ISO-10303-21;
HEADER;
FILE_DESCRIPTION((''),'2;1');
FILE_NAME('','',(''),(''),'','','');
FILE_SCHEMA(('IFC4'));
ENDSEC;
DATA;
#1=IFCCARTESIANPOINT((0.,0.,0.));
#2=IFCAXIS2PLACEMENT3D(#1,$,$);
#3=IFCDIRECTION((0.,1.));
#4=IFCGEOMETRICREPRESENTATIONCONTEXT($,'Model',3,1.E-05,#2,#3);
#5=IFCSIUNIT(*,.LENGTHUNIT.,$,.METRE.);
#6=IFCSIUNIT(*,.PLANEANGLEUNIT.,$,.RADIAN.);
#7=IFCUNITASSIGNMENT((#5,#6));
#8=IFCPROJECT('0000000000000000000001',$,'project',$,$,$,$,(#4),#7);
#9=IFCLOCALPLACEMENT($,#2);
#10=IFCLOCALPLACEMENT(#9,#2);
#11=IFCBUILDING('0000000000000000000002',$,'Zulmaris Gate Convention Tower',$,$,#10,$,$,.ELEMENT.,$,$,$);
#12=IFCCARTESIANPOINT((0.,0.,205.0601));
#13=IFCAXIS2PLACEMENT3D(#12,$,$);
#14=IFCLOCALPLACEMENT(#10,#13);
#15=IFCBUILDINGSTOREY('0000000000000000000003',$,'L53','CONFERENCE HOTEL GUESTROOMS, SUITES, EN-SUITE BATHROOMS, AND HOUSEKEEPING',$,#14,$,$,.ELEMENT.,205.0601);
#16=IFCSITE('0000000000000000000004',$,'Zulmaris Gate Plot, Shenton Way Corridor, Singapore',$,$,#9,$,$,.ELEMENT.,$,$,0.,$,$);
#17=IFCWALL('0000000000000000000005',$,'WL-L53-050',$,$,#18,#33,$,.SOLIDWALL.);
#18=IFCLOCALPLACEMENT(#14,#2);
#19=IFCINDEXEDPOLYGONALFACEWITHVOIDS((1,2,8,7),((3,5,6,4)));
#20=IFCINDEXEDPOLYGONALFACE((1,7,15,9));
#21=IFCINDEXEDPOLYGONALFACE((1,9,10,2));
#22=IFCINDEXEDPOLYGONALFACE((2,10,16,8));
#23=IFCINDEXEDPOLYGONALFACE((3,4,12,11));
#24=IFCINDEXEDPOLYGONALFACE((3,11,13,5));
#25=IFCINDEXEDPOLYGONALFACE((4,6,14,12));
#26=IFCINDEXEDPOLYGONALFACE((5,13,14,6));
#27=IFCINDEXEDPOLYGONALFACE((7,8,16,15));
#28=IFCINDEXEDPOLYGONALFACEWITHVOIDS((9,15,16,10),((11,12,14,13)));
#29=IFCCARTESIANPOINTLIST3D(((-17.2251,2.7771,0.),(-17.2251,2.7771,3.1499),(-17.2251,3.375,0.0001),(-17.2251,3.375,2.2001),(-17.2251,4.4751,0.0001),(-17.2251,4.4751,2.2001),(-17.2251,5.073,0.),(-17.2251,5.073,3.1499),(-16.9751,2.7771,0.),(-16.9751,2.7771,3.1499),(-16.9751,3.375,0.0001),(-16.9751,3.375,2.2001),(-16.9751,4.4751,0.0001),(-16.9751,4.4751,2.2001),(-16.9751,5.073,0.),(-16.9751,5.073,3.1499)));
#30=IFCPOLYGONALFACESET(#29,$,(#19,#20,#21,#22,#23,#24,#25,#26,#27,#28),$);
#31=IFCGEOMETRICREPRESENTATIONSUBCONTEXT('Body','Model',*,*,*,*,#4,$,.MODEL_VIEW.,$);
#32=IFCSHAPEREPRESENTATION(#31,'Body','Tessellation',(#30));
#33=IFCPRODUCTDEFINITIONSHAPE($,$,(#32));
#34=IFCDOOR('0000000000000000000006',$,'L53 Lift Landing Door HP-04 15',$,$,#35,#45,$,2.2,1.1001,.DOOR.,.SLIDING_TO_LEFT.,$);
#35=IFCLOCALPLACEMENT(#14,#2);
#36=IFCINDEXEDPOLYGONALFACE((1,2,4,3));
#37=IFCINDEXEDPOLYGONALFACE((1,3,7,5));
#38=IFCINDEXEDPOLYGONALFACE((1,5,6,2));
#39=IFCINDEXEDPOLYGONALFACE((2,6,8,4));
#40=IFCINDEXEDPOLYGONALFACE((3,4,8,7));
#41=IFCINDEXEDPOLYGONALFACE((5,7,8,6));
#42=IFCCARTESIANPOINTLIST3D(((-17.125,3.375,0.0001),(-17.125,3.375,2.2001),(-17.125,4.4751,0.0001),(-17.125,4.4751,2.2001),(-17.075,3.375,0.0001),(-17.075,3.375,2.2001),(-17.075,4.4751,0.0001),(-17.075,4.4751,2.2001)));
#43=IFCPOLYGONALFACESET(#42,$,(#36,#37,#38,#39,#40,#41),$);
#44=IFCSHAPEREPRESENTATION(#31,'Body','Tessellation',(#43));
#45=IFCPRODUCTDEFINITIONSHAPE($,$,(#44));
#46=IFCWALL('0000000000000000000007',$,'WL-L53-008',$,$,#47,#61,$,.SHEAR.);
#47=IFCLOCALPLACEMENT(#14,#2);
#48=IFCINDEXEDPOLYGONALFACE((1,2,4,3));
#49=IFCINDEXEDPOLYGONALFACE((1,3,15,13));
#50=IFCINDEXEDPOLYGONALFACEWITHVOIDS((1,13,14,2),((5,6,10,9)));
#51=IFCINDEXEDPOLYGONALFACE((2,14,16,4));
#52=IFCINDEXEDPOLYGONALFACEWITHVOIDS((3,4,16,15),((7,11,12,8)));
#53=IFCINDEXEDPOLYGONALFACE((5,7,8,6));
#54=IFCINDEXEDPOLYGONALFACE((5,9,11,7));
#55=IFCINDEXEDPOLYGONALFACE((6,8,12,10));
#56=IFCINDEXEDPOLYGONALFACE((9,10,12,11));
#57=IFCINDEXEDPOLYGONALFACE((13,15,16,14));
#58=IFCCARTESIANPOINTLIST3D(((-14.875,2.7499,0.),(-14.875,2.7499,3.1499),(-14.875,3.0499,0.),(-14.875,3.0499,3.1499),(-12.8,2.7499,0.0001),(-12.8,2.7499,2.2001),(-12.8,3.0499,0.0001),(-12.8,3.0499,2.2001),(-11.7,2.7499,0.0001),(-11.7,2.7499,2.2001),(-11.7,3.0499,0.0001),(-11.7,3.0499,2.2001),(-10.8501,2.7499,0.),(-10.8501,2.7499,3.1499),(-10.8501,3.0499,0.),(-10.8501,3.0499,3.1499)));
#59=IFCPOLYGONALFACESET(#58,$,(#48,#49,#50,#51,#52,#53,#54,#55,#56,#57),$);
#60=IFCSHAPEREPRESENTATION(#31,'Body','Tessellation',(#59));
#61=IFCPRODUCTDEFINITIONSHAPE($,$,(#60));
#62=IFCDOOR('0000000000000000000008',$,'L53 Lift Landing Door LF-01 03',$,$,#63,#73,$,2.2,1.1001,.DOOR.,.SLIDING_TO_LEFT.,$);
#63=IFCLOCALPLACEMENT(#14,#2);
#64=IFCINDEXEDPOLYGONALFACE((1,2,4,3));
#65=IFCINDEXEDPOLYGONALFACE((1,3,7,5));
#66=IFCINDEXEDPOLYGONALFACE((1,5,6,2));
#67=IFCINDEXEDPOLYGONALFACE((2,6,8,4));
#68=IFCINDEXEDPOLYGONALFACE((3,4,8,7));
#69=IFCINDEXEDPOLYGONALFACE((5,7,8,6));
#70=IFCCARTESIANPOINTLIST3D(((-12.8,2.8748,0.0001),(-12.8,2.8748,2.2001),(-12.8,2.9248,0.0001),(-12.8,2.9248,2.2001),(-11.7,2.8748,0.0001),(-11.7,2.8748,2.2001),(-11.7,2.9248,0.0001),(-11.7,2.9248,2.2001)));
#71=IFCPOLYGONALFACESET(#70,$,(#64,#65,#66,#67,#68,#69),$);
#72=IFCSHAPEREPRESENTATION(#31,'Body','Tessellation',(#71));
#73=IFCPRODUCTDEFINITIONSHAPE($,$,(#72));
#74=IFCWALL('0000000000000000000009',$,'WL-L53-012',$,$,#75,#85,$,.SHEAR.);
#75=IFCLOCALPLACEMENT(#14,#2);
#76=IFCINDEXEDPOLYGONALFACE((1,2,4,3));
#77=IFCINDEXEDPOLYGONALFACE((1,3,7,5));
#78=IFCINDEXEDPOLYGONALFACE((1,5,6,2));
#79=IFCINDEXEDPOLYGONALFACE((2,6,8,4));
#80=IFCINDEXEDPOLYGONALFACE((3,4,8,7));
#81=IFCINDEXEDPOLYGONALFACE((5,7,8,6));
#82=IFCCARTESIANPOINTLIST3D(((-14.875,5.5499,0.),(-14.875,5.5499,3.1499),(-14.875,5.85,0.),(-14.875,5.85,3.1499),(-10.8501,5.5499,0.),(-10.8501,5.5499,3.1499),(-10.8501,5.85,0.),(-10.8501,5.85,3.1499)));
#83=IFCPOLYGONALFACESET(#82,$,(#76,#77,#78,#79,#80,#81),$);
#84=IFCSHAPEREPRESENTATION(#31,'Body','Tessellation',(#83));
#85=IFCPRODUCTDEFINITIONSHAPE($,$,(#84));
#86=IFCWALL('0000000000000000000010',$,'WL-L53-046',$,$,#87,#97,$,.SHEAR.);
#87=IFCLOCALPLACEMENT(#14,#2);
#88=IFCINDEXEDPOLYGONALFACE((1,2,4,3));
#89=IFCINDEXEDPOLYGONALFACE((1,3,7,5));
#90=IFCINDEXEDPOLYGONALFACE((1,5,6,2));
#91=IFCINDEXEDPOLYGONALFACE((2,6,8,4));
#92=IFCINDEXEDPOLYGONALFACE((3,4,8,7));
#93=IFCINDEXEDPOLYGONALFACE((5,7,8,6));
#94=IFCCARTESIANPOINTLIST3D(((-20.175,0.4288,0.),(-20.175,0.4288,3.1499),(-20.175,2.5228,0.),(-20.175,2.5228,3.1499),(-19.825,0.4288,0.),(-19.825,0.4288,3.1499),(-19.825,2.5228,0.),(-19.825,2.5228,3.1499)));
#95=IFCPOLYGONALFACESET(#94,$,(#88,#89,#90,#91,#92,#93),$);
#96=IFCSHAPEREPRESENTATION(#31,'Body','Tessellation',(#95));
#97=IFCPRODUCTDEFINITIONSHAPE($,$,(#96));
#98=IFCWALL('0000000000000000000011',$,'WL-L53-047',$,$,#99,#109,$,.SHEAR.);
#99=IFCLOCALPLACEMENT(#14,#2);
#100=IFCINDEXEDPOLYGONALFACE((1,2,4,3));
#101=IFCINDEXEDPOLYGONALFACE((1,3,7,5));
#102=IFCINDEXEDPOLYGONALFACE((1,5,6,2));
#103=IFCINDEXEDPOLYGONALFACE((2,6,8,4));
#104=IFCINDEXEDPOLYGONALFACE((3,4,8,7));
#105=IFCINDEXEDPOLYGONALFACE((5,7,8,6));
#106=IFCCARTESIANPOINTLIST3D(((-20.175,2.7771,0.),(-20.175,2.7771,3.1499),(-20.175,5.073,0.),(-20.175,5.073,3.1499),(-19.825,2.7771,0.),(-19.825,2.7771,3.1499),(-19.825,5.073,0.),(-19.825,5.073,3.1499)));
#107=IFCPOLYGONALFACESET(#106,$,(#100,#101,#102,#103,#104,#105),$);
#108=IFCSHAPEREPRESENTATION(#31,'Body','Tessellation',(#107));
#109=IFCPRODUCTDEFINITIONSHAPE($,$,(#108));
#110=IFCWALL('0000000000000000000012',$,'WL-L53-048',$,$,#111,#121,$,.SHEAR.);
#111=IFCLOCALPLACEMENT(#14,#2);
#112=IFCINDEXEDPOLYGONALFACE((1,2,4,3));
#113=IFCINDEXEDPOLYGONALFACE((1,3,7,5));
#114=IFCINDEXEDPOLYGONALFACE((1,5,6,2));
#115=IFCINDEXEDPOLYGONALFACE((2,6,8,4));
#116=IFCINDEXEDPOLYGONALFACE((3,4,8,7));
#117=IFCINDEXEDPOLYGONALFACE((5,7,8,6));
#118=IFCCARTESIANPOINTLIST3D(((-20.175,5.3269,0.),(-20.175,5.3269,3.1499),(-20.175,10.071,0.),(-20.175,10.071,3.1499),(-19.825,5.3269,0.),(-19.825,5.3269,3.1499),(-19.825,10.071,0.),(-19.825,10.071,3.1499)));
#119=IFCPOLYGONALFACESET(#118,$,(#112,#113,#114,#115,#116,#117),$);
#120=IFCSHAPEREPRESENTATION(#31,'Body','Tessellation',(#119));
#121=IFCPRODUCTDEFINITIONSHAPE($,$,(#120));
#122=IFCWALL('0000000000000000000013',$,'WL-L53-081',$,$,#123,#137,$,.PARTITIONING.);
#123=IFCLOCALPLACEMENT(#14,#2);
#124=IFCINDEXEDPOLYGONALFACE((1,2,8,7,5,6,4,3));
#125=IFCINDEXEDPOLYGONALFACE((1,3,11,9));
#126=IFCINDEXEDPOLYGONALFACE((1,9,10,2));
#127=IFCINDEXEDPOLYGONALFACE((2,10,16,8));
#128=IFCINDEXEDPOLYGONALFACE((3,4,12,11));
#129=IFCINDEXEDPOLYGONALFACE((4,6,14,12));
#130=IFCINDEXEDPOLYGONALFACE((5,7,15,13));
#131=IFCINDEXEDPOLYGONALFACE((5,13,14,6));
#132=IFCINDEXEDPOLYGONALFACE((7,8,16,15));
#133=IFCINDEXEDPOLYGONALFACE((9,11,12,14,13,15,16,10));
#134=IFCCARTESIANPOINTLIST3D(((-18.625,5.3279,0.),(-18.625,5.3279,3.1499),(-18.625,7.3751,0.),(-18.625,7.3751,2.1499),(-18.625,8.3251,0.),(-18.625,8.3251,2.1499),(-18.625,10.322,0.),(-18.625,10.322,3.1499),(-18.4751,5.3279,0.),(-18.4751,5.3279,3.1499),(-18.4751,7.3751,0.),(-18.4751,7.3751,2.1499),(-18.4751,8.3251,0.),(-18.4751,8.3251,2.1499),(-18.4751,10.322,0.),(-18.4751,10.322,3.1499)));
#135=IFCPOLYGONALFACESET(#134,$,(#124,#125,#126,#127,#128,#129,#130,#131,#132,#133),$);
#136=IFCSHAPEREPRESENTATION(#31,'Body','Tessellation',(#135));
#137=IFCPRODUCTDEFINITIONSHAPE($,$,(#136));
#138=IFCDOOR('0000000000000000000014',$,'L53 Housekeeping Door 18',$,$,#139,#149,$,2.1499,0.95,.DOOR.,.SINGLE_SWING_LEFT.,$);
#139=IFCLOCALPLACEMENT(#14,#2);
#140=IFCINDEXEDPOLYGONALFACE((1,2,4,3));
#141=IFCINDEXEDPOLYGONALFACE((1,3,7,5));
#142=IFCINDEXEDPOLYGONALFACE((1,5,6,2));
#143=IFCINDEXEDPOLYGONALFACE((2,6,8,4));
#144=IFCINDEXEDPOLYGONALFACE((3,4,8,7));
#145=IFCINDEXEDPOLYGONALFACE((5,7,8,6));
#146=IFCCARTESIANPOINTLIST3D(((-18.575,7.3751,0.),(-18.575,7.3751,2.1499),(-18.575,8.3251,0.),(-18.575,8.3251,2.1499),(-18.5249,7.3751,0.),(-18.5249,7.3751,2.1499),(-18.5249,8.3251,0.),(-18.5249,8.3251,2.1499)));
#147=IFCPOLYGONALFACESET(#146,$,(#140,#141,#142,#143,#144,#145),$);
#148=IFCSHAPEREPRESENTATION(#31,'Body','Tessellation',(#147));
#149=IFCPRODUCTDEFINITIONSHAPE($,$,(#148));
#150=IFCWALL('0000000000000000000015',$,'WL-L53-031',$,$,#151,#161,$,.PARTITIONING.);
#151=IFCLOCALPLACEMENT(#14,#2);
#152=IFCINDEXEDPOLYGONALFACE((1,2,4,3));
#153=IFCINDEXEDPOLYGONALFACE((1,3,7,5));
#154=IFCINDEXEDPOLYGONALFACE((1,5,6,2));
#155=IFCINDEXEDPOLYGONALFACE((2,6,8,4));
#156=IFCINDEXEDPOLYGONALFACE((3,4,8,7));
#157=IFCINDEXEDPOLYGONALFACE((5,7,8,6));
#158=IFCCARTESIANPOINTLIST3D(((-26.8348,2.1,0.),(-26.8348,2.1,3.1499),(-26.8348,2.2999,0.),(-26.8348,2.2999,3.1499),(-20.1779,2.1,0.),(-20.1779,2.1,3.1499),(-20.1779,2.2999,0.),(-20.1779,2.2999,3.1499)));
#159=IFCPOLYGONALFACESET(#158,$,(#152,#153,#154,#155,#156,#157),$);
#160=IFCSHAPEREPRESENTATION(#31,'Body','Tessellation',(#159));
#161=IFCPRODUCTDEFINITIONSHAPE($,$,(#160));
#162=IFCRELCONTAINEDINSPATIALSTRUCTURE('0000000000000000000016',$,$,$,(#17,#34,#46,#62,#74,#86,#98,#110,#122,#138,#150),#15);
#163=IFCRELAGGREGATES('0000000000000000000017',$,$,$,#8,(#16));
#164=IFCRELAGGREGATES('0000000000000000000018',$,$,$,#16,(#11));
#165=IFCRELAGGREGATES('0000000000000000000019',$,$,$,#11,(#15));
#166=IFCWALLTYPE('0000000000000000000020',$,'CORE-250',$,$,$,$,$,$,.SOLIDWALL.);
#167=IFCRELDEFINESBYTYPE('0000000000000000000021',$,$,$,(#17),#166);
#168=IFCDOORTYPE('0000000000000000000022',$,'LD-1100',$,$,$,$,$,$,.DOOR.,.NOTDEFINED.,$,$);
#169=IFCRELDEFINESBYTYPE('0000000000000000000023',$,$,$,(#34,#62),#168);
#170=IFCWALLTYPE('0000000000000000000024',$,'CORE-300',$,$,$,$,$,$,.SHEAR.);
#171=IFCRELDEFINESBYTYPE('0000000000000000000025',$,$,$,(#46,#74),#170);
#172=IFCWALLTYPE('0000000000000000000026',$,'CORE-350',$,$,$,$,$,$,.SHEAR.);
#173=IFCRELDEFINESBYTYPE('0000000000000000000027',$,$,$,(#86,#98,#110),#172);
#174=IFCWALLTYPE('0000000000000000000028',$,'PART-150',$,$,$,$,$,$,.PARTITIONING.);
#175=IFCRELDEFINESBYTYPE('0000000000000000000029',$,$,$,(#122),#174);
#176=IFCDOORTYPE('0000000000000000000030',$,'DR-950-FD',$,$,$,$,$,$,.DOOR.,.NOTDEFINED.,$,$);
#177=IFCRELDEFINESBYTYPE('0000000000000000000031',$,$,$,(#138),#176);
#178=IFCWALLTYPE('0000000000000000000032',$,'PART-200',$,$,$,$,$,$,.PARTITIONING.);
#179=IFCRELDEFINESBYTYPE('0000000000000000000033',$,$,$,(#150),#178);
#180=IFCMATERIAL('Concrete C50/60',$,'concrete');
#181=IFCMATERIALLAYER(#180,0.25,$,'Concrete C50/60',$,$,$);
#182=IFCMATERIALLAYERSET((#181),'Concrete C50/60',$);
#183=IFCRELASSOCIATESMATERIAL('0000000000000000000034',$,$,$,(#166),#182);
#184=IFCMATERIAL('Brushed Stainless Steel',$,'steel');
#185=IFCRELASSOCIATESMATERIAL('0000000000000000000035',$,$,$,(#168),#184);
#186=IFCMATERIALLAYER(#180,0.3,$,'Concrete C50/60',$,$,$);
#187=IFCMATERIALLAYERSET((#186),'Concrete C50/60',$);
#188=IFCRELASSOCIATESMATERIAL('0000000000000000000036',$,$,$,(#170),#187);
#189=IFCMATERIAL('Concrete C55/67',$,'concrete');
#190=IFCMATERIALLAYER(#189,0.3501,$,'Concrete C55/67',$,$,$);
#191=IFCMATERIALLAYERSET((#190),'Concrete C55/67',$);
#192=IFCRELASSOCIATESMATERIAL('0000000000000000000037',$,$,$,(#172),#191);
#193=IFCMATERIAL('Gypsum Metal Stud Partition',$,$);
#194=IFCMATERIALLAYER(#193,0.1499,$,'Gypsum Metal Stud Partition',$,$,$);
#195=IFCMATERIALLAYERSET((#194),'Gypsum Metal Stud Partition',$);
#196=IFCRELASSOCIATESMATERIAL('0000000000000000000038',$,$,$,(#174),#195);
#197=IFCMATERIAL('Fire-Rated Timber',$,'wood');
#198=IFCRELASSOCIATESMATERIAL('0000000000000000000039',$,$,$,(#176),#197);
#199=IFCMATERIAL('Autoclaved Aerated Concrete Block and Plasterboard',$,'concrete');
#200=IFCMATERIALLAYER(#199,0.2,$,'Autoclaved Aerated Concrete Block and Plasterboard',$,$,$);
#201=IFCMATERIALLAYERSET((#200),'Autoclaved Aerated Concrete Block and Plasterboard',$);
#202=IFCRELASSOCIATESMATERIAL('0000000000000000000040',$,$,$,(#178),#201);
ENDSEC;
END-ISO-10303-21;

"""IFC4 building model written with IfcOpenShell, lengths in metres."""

from ifc_helpers import new_model, si_unit, direction, frame, frame_2d, origin, place, context, subcontext, project, spatial, rectangle, extrude, material, layer, layer_set, type_object, element, fill, save


model = new_model("IFC4")

# Units and contexts
model_context = context("Model", 3, precision=1e-05, world=origin(), true_north=direction((0.0, 1.0)))
body_context = subcontext(model_context, "Body", "Model", "MODEL_VIEW")
ifc_project = project(units=[si_unit("LENGTHUNIT", "METRE"), si_unit("PLANEANGLEUNIT", "RADIAN")], contexts=[model_context])

# Site, building, storey
site_placement = place(None, origin())
site = spatial("IfcSite", under=ifc_project, at=site_placement, Name="Zulmaris Gate Plot, Shenton Way Corridor, Singapore", CompositionType="ELEMENT", RefElevation=0.0)
building_placement = place(site_placement, origin())
building = spatial("IfcBuilding", under=site, at=building_placement, Name="Zulmaris Gate Convention Tower", CompositionType="ELEMENT")
storey_placement = place(building_placement, frame((0.0, 0.0, 205.0601)))
storey = spatial("IfcBuildingStorey", under=building, at=storey_placement, Name="L53", Description="CONFERENCE HOTEL GUESTROOMS, SUITES, EN-SUITE BATHROOMS, AND HOUSEKEEPING", CompositionType="ELEMENT", Elevation=205.0601)

# Shared definitions
ifc_material_1 = material(Name="Concrete C50/60", Category="concrete")

# Shared definitions
ifc_layer_1 = layer(ifc_material_1, 0.25, Name="Concrete C50/60")
ifc_layer_set_1 = layer_set([ifc_layer_1], Name="Concrete C50/60")
wall_type_1 = type_object("IfcWallType", Name="CORE-250", PredefinedType="SOLIDWALL", material=ifc_layer_set_1)

# Walls, openings, doors
wall_1_placement = place(storey_placement, frame((-17.1001, 2.7771, 0.0), z_axis=(0.0, 0.0, 1.0), x_axis=(0.0, 1.0, 0.0)))
wall_1 = element("IfcWall", 1, at=wall_1_placement, inside=storey, type_object=wall_type_1, Name="WL-L53-050", PredefinedType="SOLIDWALL", context=body_context, shape_type="SweptSolid", body=[
    extrude(rectangle(XDim=2.2959, YDim=0.25, at=frame_2d((1.1479, 0.0))), origin(), (0.0, 0.0, 1.0), 3.1499),
])
opening_1_placement = place(wall_1_placement, frame((0.5979, 0.0, 0.0)))
opening_1 = element("IfcOpeningElement", 2, at=opening_1_placement, cuts=wall_1, PredefinedType="OPENING", context=body_context, shape_type="SweptSolid", body=[
    extrude(rectangle(XDim=1.1001, YDim=2.2, at=frame_2d((0.55, 1.1001))), frame((0.0, 0.135, 0.0), z_axis=(0.0, -1.0, 0.0), x_axis=(1.0, 0.0, 0.0)), (0.0, 0.0, 1.0), 0.27),
])
ifc_material_2 = material(Name="Brushed Stainless Steel", Category="steel")
door_type_1 = type_object("IfcDoorType", Name="LD-1100", OperationType="NOTDEFINED", PredefinedType="DOOR", material=ifc_material_2)
door_1_placement = place(opening_1_placement, origin())
door_1 = element("IfcDoor", 3, at=door_1_placement, inside=storey, type_object=door_type_1, Name="L53 Lift Landing Door HP-04 15", OperationType="SLIDING_TO_LEFT", OverallHeight=2.2, OverallWidth=1.1001, PredefinedType="DOOR", context=body_context, shape_type="SweptSolid", body=[
    extrude(rectangle(XDim=1.1001, YDim=2.2, at=frame_2d((0.55, 1.1001))), frame((0.0, 0.0249, 0.0), z_axis=(0.0, -1.0, 0.0), x_axis=(1.0, 0.0, 0.0)), (0.0, 0.0, 1.0), 0.05),
])
fill(opening_1, door_1)
ifc_layer_2 = layer(ifc_material_1, 0.3, Name="Concrete C50/60")
ifc_layer_set_2 = layer_set([ifc_layer_2], Name="Concrete C50/60")
wall_type_2 = type_object("IfcWallType", Name="CORE-300", PredefinedType="SHEAR", material=ifc_layer_set_2)
wall_2_placement = place(storey_placement, frame((-14.875, 2.8999, 0.0), z_axis=(0.0, 0.0, 1.0), x_axis=(1.0, 0.0, 0.0)))
wall_2 = element("IfcWall", 4, at=wall_2_placement, inside=storey, type_object=wall_type_2, Name="WL-L53-008", PredefinedType="SHEAR", context=body_context, shape_type="SweptSolid", body=[
    extrude(rectangle(XDim=4.0249, YDim=0.3, at=frame_2d((2.0125, 0.0))), origin(), (0.0, 0.0, 1.0), 3.1499),
])
opening_2_placement = place(wall_2_placement, frame((2.075, 0.0, 0.0)))
opening_2 = element("IfcOpeningElement", 5, at=opening_2_placement, cuts=wall_2, PredefinedType="OPENING", context=body_context, shape_type="SweptSolid", body=[
    extrude(rectangle(XDim=1.1001, YDim=2.2, at=frame_2d((0.55, 1.1001))), frame((0.0, 0.1602, 0.0), z_axis=(0.0, -1.0, 0.0), x_axis=(1.0, 0.0, 0.0)), (0.0, 0.0, 1.0), 0.3201),
])
door_2_placement = place(opening_2_placement, origin())
door_2 = element("IfcDoor", 6, at=door_2_placement, inside=storey, type_object=door_type_1, Name="L53 Lift Landing Door LF-01 03", OperationType="SLIDING_TO_LEFT", OverallHeight=2.2, OverallWidth=1.1001, PredefinedType="DOOR", context=body_context, shape_type="SweptSolid", body=[
    extrude(rectangle(XDim=1.1001, YDim=2.2, at=frame_2d((0.55, 1.1001))), frame((0.0, 0.0249, 0.0), z_axis=(0.0, -1.0, 0.0), x_axis=(1.0, 0.0, 0.0)), (0.0, 0.0, 1.0), 0.05),
])
fill(opening_2, door_2)

# Walls
wall_3_placement = place(storey_placement, frame((-14.875, 5.7, 0.0), z_axis=(0.0, 0.0, 1.0), x_axis=(1.0, 0.0, 0.0)))
element("IfcWall", 7, at=wall_3_placement, inside=storey, type_object=wall_type_2, Name="WL-L53-012", PredefinedType="SHEAR", context=body_context, shape_type="SweptSolid", body=[
    extrude(rectangle(XDim=4.0249, YDim=0.3, at=frame_2d((2.0125, 0.0))), origin(), (0.0, 0.0, 1.0), 3.1499),
])
ifc_material_3 = material(Name="Concrete C55/67", Category="concrete")
ifc_layer_3 = layer(ifc_material_3, 0.3501, Name="Concrete C55/67")
ifc_layer_set_3 = layer_set([ifc_layer_3], Name="Concrete C55/67")
wall_type_3 = type_object("IfcWallType", Name="CORE-350", PredefinedType="SHEAR", material=ifc_layer_set_3)
wall_4_placement = place(storey_placement, frame((-20.0, 0.429, 0.0), z_axis=(0.0, 0.0, 1.0), x_axis=(0.0, 1.0, 0.0)))
element("IfcWall", 8, at=wall_4_placement, inside=storey, type_object=wall_type_3, Name="WL-L53-046", PredefinedType="SHEAR", context=body_context, shape_type="SweptSolid", body=[
    extrude(rectangle(XDim=2.094, YDim=0.3501, at=frame_2d((1.0469, 0.0))), origin(), (0.0, 0.0, 1.0), 3.1499),
])
wall_5_placement = place(storey_placement, frame((-20.0, 2.7771, 0.0), z_axis=(0.0, 0.0, 1.0), x_axis=(0.0, 1.0, 0.0)))
element("IfcWall", 9, at=wall_5_placement, inside=storey, type_object=wall_type_3, Name="WL-L53-047", PredefinedType="SHEAR", context=body_context, shape_type="SweptSolid", body=[
    extrude(rectangle(XDim=2.2959, YDim=0.3501, at=frame_2d((1.1479, 0.0))), origin(), (0.0, 0.0, 1.0), 3.1499),
])
wall_6_placement = place(storey_placement, frame((-20.0, 5.3269, 0.0), z_axis=(0.0, 0.0, 1.0), x_axis=(0.0, 1.0, 0.0)))
element("IfcWall", 10, at=wall_6_placement, inside=storey, type_object=wall_type_3, Name="WL-L53-048", PredefinedType="SHEAR", context=body_context, shape_type="SweptSolid", body=[
    extrude(rectangle(XDim=4.7441, YDim=0.3501, at=frame_2d((2.3721, 0.0))), origin(), (0.0, 0.0, 1.0), 3.1499),
])

# Wall, opening, door
ifc_material_4 = material(Name="Gypsum Metal Stud Partition")
ifc_layer_4 = layer(ifc_material_4, 0.1499, Name="Gypsum Metal Stud Partition")
ifc_layer_set_4 = layer_set([ifc_layer_4], Name="Gypsum Metal Stud Partition")
wall_type_4 = type_object("IfcWallType", Name="PART-150", PredefinedType="PARTITIONING", material=ifc_layer_set_4)
wall_7_placement = place(storey_placement, frame((-18.55, 5.3279, 0.0), z_axis=(0.0, 0.0, 1.0), x_axis=(0.0, 1.0, 0.0)))
wall_7 = element("IfcWall", 11, at=wall_7_placement, inside=storey, type_object=wall_type_4, Name="WL-L53-081", PredefinedType="PARTITIONING", context=body_context, shape_type="SweptSolid", body=[
    extrude(rectangle(XDim=4.9941, YDim=0.1499, at=frame_2d((2.4971, 0.0))), origin(), (0.0, 0.0, 1.0), 3.1499),
])
opening_3_placement = place(wall_7_placement, frame((2.0471, 0.0, 0.0)))
opening_3 = element("IfcOpeningElement", 12, at=opening_3_placement, cuts=wall_7, PredefinedType="OPENING", context=body_context, shape_type="SweptSolid", body=[
    extrude(rectangle(XDim=0.95, YDim=2.1499, at=frame_2d((0.4751, 1.075))), frame((0.0, 0.085, 0.0), z_axis=(0.0, -1.0, 0.0), x_axis=(1.0, 0.0, 0.0)), (0.0, 0.0, 1.0), 0.1699),
])
ifc_material_5 = material(Name="Fire-Rated Timber", Category="wood")
door_type_2 = type_object("IfcDoorType", Name="DR-950-FD", OperationType="NOTDEFINED", PredefinedType="DOOR", material=ifc_material_5)
door_3_placement = place(opening_3_placement, origin())
door_3 = element("IfcDoor", 13, at=door_3_placement, inside=storey, type_object=door_type_2, Name="L53 Housekeeping Door 18", OperationType="SINGLE_SWING_LEFT", OverallHeight=2.1499, OverallWidth=0.95, PredefinedType="DOOR", context=body_context, shape_type="SweptSolid", body=[
    extrude(rectangle(XDim=0.95, YDim=2.1499, at=frame_2d((0.4751, 1.075))), frame((0.0, 0.0249, 0.0), z_axis=(0.0, -1.0, 0.0), x_axis=(1.0, 0.0, 0.0)), (0.0, 0.0, 1.0), 0.05),
])
fill(opening_3, door_3)

# Wall
ifc_material_6 = material(Name="Autoclaved Aerated Concrete Block and Plasterboard", Category="concrete")
ifc_layer_5 = layer(ifc_material_6, 0.2, Name="Autoclaved Aerated Concrete Block and Plasterboard")
ifc_layer_set_5 = layer_set([ifc_layer_5], Name="Autoclaved Aerated Concrete Block and Plasterboard")
wall_type_5 = type_object("IfcWallType", Name="PART-200", PredefinedType="PARTITIONING", material=ifc_layer_set_5)
wall_8_placement = place(storey_placement, frame((-26.835, 2.2, 0.0), z_axis=(0.0, 0.0, 1.0), x_axis=(1.0, 0.0, 0.0)))
element("IfcWall", 14, at=wall_8_placement, inside=storey, type_object=wall_type_5, Name="WL-L53-031", PredefinedType="PARTITIONING", context=body_context, shape_type="SweptSolid", body=[
    extrude(rectangle(XDim=6.657, YDim=0.2, at=frame_2d((3.3286, 0.0))), origin(), (0.0, 0.0, 1.0), 3.1499),
])

save(model, "model.ifc")
